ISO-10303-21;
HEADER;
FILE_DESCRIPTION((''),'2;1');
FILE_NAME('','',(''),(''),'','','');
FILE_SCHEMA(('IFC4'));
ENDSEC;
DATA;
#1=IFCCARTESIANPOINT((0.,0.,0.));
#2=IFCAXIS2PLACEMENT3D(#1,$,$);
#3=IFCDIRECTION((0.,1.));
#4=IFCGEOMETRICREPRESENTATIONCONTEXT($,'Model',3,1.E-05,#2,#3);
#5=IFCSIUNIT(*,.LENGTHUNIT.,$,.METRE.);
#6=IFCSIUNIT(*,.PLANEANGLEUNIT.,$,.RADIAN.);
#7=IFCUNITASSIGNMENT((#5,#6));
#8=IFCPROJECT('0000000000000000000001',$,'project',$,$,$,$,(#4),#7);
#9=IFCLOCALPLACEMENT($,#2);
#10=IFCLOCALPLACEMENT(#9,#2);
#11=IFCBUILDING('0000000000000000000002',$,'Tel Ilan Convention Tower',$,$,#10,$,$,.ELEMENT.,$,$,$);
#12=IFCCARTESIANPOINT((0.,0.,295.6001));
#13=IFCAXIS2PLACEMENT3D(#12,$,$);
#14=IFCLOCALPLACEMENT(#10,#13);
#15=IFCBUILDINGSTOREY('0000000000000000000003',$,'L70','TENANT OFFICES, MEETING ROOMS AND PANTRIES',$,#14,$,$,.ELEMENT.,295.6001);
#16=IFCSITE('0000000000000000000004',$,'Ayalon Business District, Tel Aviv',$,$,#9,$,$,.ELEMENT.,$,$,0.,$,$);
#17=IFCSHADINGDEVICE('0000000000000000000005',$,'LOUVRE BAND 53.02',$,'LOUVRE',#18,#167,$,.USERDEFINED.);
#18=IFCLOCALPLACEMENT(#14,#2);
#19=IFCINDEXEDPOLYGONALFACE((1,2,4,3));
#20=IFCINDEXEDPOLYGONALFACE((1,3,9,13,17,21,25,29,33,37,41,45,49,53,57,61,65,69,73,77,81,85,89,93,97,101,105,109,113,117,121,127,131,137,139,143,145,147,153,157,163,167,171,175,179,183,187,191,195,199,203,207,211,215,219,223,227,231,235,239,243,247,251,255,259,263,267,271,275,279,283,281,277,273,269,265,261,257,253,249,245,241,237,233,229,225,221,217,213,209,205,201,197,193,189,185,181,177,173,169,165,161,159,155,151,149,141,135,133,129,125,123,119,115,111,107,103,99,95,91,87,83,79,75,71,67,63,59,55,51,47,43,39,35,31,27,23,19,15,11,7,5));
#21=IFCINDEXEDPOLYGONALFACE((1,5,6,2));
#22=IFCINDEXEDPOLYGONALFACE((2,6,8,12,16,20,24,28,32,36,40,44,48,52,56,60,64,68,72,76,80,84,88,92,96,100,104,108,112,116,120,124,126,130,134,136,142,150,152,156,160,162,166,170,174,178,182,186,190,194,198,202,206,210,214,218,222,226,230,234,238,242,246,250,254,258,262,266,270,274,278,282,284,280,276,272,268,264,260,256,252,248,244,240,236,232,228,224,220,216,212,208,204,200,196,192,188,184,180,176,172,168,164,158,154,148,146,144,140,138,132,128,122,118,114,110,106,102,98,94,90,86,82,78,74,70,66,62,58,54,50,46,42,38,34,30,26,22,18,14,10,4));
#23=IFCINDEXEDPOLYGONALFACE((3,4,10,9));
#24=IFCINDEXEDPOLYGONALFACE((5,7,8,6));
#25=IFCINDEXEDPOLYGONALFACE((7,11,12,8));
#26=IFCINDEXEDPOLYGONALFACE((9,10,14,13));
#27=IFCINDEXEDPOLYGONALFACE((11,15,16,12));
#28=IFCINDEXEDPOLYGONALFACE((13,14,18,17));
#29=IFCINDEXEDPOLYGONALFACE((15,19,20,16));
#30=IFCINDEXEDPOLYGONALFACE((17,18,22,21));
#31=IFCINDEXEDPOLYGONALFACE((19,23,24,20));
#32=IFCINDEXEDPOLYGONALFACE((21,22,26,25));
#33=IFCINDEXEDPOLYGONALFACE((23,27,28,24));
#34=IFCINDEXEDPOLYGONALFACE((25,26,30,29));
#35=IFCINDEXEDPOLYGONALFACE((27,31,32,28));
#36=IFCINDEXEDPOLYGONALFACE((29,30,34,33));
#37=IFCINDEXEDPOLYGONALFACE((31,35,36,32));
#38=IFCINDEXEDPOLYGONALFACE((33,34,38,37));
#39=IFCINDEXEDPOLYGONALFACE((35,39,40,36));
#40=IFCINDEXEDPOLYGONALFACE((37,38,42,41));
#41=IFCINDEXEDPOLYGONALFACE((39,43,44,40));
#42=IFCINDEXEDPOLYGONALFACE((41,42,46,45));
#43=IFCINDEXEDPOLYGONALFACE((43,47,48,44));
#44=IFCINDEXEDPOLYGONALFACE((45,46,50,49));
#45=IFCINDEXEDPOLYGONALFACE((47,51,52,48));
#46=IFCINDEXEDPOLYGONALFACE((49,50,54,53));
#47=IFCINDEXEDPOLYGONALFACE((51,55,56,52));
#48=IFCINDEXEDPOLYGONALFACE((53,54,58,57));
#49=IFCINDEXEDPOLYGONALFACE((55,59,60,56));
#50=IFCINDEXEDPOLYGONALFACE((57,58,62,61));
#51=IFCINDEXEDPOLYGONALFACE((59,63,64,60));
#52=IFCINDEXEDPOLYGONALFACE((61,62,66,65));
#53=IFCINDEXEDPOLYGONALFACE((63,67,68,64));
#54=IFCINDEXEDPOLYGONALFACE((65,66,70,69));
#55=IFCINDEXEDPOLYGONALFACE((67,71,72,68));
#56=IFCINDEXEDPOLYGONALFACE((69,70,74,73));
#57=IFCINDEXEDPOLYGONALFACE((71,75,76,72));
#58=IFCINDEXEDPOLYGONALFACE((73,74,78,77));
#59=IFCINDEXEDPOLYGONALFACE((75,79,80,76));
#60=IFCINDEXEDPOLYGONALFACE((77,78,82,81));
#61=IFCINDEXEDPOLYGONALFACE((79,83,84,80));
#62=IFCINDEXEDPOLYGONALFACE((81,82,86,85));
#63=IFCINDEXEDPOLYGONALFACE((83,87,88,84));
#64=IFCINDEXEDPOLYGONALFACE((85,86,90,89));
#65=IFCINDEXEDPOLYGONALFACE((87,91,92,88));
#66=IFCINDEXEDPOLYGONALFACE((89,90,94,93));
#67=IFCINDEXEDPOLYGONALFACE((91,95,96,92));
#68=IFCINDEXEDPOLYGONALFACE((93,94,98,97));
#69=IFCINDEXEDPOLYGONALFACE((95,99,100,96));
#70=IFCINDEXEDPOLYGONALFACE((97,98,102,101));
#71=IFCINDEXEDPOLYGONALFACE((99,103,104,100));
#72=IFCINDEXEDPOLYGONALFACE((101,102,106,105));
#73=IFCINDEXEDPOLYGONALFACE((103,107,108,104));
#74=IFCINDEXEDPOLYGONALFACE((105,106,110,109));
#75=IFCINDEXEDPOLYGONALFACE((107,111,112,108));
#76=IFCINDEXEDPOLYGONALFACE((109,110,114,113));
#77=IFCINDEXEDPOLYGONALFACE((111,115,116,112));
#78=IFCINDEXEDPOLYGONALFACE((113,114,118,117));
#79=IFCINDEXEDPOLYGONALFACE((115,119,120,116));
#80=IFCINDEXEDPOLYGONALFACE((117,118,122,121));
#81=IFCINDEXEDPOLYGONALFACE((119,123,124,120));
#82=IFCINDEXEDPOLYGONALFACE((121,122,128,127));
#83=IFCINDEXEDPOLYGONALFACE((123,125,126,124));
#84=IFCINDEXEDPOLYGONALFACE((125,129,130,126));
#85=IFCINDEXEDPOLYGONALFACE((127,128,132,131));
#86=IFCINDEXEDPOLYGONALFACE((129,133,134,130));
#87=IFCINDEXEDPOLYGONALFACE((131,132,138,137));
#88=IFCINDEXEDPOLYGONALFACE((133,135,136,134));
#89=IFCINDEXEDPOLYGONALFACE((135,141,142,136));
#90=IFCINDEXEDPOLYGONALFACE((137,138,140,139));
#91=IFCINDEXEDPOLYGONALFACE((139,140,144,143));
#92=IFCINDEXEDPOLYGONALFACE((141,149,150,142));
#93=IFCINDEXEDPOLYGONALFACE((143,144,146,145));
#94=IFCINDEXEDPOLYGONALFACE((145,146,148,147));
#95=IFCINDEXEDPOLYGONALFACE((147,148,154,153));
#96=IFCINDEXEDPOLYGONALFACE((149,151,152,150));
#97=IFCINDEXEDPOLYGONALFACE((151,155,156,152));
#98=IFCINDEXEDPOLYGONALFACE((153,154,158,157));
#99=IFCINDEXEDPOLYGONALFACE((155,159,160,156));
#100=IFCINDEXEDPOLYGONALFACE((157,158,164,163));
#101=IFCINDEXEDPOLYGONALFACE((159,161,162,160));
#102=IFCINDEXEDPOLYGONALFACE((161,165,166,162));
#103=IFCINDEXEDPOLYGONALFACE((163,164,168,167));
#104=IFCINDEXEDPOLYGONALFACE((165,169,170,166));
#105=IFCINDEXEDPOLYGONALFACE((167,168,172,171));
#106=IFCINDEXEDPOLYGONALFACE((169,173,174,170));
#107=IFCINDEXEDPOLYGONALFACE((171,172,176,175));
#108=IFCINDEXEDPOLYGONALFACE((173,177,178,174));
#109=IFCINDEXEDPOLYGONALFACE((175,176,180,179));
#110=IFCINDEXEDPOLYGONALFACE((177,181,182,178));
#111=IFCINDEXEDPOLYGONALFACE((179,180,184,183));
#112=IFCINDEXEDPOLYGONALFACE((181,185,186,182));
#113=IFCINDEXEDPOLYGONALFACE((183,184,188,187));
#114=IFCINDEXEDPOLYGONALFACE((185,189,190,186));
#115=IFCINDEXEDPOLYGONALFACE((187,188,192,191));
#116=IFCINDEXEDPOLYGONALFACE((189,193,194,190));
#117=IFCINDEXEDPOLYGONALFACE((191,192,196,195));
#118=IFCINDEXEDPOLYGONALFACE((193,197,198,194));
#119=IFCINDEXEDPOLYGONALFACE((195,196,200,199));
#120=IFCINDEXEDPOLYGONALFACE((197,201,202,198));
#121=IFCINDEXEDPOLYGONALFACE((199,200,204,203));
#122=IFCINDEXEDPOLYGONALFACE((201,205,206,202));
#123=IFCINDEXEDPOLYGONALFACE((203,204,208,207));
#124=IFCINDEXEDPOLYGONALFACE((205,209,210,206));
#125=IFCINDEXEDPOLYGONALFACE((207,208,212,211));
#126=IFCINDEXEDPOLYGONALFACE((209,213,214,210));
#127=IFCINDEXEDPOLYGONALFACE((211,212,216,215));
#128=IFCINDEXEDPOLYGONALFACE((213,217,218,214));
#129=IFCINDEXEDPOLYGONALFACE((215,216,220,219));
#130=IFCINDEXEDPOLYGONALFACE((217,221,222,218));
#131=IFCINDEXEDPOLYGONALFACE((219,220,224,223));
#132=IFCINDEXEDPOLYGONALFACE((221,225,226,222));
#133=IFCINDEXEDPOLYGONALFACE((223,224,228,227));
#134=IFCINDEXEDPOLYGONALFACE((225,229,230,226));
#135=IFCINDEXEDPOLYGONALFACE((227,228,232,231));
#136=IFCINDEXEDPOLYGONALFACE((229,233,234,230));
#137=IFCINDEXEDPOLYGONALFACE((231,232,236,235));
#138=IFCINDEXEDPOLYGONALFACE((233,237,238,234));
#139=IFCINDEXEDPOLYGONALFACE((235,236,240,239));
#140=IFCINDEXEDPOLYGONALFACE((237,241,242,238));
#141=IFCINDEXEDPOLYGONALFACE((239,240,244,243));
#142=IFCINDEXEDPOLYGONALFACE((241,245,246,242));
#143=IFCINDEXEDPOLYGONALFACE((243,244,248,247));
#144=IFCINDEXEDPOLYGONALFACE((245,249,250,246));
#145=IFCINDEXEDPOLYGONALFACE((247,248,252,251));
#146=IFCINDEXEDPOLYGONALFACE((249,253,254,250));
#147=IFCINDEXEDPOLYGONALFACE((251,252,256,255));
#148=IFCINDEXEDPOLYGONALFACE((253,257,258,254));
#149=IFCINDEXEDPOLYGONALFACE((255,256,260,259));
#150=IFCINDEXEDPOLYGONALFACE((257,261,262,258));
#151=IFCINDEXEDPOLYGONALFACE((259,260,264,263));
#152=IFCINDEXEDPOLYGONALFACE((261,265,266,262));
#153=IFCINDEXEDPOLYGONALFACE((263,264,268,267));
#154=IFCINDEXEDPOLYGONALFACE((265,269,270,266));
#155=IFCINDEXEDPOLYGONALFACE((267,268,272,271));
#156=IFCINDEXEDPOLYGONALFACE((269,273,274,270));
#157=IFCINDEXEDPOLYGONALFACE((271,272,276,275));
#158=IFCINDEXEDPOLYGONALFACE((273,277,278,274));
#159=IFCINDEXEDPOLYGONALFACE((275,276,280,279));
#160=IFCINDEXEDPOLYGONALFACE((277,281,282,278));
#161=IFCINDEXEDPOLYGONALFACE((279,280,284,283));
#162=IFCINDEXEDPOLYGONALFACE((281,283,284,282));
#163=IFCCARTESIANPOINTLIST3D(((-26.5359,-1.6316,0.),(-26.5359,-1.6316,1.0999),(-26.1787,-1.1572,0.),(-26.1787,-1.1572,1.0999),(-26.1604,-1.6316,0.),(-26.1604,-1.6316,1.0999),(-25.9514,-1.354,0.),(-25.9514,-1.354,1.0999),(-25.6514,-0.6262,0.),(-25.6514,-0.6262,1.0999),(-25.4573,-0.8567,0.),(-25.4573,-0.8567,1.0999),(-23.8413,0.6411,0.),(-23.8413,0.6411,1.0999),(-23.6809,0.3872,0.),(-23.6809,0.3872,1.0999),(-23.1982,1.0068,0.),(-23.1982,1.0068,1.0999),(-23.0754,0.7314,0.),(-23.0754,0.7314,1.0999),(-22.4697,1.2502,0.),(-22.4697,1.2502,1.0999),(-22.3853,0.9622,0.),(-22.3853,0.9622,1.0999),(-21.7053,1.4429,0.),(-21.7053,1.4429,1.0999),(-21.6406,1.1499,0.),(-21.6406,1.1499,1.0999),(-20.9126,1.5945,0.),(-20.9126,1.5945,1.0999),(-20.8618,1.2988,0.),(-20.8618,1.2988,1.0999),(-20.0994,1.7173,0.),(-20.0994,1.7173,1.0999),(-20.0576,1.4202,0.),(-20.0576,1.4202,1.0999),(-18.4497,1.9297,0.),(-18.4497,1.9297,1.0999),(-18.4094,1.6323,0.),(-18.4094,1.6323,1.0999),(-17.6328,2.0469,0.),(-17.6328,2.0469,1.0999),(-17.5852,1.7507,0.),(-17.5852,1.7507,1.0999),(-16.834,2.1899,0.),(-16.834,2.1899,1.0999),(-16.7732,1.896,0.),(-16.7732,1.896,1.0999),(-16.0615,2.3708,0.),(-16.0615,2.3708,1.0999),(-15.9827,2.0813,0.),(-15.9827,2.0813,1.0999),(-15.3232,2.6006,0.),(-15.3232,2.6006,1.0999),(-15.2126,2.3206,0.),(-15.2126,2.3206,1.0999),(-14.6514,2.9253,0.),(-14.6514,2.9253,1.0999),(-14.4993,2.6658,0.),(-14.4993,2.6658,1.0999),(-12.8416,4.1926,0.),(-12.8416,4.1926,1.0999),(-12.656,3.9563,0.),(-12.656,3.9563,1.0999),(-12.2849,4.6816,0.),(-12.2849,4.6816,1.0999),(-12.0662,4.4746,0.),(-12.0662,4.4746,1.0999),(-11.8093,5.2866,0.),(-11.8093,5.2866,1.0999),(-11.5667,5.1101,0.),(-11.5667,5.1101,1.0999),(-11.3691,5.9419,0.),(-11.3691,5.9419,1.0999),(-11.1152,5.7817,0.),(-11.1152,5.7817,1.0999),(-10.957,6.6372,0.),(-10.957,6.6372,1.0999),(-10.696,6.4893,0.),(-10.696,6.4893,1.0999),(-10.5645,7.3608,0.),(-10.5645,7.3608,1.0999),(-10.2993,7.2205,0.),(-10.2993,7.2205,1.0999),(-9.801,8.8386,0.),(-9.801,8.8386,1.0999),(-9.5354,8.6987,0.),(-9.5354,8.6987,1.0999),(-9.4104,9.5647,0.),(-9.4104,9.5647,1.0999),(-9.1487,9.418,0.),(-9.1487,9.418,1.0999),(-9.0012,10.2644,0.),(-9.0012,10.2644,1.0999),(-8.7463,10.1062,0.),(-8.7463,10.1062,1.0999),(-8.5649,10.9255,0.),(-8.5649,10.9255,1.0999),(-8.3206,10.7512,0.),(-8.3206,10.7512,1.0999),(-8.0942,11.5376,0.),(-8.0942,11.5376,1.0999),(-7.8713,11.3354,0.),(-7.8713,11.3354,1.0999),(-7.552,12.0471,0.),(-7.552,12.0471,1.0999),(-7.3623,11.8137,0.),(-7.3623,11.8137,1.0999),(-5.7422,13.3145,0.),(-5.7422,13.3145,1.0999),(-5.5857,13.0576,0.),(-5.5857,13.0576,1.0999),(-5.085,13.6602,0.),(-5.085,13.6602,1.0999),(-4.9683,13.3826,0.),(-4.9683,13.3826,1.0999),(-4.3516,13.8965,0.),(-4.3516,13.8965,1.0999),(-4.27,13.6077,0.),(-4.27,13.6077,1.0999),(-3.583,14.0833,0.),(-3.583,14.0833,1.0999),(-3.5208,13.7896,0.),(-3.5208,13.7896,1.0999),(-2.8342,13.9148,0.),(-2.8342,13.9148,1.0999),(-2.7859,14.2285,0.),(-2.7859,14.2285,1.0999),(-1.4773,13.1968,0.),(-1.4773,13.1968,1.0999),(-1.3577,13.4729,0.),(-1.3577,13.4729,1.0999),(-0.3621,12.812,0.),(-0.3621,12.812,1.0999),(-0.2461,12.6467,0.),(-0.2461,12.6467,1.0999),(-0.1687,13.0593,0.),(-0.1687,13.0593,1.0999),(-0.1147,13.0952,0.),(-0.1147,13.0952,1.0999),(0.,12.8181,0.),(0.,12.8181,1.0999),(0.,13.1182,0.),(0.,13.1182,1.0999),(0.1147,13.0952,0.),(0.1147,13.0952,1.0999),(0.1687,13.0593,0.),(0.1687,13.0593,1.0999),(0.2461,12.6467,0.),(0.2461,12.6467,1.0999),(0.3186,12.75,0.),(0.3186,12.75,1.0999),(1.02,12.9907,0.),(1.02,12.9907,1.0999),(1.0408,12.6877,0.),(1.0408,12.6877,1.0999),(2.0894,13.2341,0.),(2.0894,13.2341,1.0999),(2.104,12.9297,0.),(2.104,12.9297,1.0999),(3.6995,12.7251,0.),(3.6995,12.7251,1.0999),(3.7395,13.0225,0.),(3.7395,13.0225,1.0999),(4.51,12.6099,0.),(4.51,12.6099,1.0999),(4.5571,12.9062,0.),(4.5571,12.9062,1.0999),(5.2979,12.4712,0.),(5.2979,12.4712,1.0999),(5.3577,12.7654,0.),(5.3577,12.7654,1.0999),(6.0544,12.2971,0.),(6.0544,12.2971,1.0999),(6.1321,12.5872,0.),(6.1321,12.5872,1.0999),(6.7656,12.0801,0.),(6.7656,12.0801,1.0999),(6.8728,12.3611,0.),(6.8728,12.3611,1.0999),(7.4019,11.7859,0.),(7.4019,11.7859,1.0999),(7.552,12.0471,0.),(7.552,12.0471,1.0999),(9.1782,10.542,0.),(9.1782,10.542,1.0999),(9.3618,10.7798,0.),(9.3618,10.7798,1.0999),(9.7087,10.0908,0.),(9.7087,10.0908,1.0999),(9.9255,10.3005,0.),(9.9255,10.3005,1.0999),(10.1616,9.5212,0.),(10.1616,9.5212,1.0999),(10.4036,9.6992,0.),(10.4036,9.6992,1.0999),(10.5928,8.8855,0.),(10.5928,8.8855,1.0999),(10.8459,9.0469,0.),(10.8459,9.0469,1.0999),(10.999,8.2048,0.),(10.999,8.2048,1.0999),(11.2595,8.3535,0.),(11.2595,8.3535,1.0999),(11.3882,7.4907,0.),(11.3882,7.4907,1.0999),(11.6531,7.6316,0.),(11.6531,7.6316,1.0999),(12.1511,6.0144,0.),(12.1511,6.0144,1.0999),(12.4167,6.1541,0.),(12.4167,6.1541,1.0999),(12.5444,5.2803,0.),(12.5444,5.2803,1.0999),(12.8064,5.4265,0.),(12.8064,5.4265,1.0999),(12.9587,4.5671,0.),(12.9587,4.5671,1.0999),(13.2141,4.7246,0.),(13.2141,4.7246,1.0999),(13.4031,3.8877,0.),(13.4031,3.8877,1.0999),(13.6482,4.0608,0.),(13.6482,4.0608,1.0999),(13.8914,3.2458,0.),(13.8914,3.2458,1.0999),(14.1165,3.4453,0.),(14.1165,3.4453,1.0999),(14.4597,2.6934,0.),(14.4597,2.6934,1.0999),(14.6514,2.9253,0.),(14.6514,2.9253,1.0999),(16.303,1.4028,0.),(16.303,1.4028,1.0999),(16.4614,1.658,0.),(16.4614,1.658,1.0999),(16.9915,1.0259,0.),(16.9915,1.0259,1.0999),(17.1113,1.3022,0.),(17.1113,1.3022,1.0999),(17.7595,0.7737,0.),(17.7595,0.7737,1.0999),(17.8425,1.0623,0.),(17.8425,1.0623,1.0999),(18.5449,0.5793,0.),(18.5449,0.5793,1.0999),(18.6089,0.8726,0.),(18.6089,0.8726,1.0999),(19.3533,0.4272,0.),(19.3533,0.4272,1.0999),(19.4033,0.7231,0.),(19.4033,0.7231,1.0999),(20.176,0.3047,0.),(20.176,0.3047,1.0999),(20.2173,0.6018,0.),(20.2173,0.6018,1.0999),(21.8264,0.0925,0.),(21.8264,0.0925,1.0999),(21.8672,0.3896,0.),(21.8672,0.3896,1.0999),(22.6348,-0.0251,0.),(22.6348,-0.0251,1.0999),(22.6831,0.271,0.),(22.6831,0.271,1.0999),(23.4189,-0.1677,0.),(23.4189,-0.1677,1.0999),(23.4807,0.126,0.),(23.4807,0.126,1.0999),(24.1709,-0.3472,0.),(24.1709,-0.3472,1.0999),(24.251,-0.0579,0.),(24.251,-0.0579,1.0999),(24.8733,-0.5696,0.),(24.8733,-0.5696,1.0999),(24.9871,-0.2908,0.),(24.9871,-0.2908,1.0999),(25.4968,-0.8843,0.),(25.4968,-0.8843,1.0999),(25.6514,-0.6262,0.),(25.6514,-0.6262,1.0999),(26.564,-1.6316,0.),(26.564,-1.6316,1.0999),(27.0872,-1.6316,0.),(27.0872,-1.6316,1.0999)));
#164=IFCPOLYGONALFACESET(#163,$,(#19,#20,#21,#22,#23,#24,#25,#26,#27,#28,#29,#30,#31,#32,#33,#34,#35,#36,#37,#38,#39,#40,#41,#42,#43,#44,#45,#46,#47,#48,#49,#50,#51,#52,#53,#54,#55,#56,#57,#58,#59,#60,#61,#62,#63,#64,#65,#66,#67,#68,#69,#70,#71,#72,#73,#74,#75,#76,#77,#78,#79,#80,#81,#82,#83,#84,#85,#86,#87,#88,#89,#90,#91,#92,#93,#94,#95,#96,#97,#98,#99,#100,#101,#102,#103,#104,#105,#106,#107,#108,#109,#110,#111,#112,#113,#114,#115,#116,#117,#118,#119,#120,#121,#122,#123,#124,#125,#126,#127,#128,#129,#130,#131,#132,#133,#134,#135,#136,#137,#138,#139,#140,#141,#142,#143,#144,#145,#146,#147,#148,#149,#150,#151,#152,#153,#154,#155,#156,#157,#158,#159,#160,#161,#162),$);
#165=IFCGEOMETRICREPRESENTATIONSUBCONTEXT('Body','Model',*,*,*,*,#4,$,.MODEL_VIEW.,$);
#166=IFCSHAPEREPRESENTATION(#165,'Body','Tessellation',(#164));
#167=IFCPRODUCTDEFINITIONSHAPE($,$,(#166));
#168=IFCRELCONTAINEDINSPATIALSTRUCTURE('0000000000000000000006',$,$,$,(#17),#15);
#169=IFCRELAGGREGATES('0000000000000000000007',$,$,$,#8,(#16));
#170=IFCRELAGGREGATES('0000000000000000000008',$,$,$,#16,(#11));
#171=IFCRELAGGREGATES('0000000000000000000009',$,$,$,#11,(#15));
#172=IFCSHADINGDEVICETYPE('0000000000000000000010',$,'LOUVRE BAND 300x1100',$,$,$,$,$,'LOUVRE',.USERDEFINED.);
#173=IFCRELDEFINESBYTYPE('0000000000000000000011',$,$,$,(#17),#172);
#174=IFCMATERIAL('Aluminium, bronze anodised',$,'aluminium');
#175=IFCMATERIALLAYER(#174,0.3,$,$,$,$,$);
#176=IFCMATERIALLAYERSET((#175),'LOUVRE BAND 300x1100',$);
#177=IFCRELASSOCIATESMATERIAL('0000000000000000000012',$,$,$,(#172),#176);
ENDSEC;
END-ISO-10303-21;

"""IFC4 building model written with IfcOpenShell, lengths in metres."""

from ifc_helpers import new_model, si_unit, direction, frame, origin, place, context, subcontext, project, spatial, polyline, outline, extrude, material, layer, layer_set, type_object, element, save


model = new_model("IFC4")

# Units and contexts
model_context = context("Model", 3, precision=1e-05, world=origin(), true_north=direction((0.0, 1.0)))
body_context = subcontext(model_context, "Body", "Model", "MODEL_VIEW")
ifc_project = project(units=[si_unit("LENGTHUNIT", "METRE"), si_unit("PLANEANGLEUNIT", "RADIAN")], contexts=[model_context])

# Site, building, storey
site_placement = place(None, origin())
site = spatial("IfcSite", under=ifc_project, at=site_placement, Name="Ayalon Business District, Tel Aviv", CompositionType="ELEMENT", RefElevation=0.0)
building_placement = place(site_placement, origin())
building = spatial("IfcBuilding", under=site, at=building_placement, Name="Tel Ilan Convention Tower", CompositionType="ELEMENT")
storey_placement = place(building_placement, frame((0.0, 0.0, 295.6001)))
storey = spatial("IfcBuildingStorey", under=building, at=storey_placement, Name="L70", Description="TENANT OFFICES, MEETING ROOMS AND PANTRIES", CompositionType="ELEMENT", Elevation=295.6001)

# Shading device
ifc_material_1 = material(Name="Aluminium, bronze anodised", Category="aluminium")
ifc_layer_1 = layer(ifc_material_1, 0.3)
ifc_layer_set_1 = layer_set([ifc_layer_1], Name="LOUVRE BAND 300x1100")
shading_device_type = type_object("IfcShadingDeviceType", Name="LOUVRE BAND 300x1100", ElementType="LOUVRE", PredefinedType="USERDEFINED", material=ifc_layer_set_1)
shading_device_1_placement = place(storey_placement, origin())
element("IfcShadingDevice", 1, at=shading_device_1_placement, inside=storey, type_object=shading_device_type, Name="LOUVRE BAND 53.02", ObjectType="LOUVRE", PredefinedType="USERDEFINED", context=body_context, shape_type="SweptSolid", body=[
    extrude(outline(polyline([(-1.3577, 13.4729), (-2.7859, 14.2285), (-3.583, 14.0833), (-4.3516, 13.8965), (-5.085, 13.6602), (-5.7422, 13.3145), (-7.552, 12.0471), (-8.0942, 11.5376), (-8.5649, 10.9255), (-9.0012, 10.2644), (-9.4104, 9.5647), (-9.801, 8.8386), (-10.5645, 7.3608), (-10.957, 6.6372), (-11.3691, 5.9419), (-11.8093, 5.2866), (-12.2849, 4.6816), (-12.8416, 4.1926), (-14.6514, 2.9253), (-15.3232, 2.6006), (-16.0615, 2.3708), (-16.834, 2.1899), (-17.6328, 2.0469), (-18.4497, 1.9297), (-20.0994, 1.7173), (-20.9126, 1.5945), (-21.7053, 1.4429), (-22.4697, 1.2502), (-23.1982, 1.0068), (-23.8413, 0.6411), (-25.6514, -0.6262), (-26.1787, -1.1572), (-26.5359, -1.6316), (-26.1604, -1.6316), (-25.9514, -1.354), (-25.4573, -0.8567), (-23.6809, 0.3872), (-23.0754, 0.7314), (-22.3853, 0.9622), (-21.6406, 1.1499), (-20.8618, 1.2988), (-20.0576, 1.4202), (-18.4094, 1.6323), (-17.5852, 1.7507), (-16.7732, 1.896), (-15.9827, 2.0813), (-15.2126, 2.3206), (-14.4993, 2.6658), (-12.656, 3.9563), (-12.0662, 4.4746), (-11.5667, 5.1101), (-11.1152, 5.7817), (-10.696, 6.4893), (-10.2993, 7.2205), (-9.5354, 8.6987), (-9.1487, 9.418), (-8.7463, 10.1062), (-8.3206, 10.7512), (-7.8713, 11.3354), (-7.3623, 11.8137), (-5.5857, 13.0576), (-4.9683, 13.3826), (-4.27, 13.6077), (-3.5208, 13.7896), (-2.8342, 13.9148), (-1.4773, 13.1968), (-0.3621, 12.812), (-0.2461, 12.6467), (0.0, 12.8181), (0.2461, 12.6467), (0.3186, 12.75), (1.0408, 12.6877), (2.104, 12.9297), (3.6995, 12.7251), (4.51, 12.6099), (5.2979, 12.4712), (6.0544, 12.2971), (6.7656, 12.0801), (7.4019, 11.7859), (9.1782, 10.542), (9.7087, 10.0908), (10.1616, 9.5212), (10.5928, 8.8855), (10.999, 8.2048), (11.3882, 7.4907), (12.1511, 6.0144), (12.5444, 5.2803), (12.9587, 4.5671), (13.4031, 3.8877), (13.8914, 3.2458), (14.4597, 2.6934), (16.303, 1.4028), (16.9915, 1.0259), (17.7595, 0.7737), (18.5449, 0.5793), (19.3533, 0.4272), (20.176, 0.3047), (21.8264, 0.0925), (22.6348, -0.0251), (23.4189, -0.1677), (24.1709, -0.3472), (24.8733, -0.5696), (25.4968, -0.8843), (26.564, -1.6316), (27.0872, -1.6316), (25.6514, -0.6262), (24.9871, -0.2908), (24.251, -0.0579), (23.4807, 0.126), (22.6831, 0.271), (21.8672, 0.3896), (20.2173, 0.6018), (19.4033, 0.7231), (18.6089, 0.8726), (17.8425, 1.0623), (17.1113, 1.3022), (16.4614, 1.658), (14.6514, 2.9253), (14.1165, 3.4453), (13.6482, 4.0608), (13.2141, 4.7246), (12.8064, 5.4265), (12.4167, 6.1541), (11.6531, 7.6316), (11.2595, 8.3535), (10.8459, 9.0469), (10.4036, 9.6992), (9.9255, 10.3005), (9.3618, 10.7798), (7.552, 12.0471), (6.8728, 12.3611), (6.1321, 12.5872), (5.3577, 12.7654), (4.5571, 12.9062), (3.7395, 13.0225), (2.0894, 13.2341), (1.02, 12.9907), (0.1687, 13.0593), (0.1147, 13.0952), (0.0, 13.1182), (-0.1147, 13.0952), (-0.1687, 13.0593), (-1.3577, 13.4729)])), origin(), (0.0, 0.0, 1.0), 1.0999),
])

save(model, "model.ifc")
